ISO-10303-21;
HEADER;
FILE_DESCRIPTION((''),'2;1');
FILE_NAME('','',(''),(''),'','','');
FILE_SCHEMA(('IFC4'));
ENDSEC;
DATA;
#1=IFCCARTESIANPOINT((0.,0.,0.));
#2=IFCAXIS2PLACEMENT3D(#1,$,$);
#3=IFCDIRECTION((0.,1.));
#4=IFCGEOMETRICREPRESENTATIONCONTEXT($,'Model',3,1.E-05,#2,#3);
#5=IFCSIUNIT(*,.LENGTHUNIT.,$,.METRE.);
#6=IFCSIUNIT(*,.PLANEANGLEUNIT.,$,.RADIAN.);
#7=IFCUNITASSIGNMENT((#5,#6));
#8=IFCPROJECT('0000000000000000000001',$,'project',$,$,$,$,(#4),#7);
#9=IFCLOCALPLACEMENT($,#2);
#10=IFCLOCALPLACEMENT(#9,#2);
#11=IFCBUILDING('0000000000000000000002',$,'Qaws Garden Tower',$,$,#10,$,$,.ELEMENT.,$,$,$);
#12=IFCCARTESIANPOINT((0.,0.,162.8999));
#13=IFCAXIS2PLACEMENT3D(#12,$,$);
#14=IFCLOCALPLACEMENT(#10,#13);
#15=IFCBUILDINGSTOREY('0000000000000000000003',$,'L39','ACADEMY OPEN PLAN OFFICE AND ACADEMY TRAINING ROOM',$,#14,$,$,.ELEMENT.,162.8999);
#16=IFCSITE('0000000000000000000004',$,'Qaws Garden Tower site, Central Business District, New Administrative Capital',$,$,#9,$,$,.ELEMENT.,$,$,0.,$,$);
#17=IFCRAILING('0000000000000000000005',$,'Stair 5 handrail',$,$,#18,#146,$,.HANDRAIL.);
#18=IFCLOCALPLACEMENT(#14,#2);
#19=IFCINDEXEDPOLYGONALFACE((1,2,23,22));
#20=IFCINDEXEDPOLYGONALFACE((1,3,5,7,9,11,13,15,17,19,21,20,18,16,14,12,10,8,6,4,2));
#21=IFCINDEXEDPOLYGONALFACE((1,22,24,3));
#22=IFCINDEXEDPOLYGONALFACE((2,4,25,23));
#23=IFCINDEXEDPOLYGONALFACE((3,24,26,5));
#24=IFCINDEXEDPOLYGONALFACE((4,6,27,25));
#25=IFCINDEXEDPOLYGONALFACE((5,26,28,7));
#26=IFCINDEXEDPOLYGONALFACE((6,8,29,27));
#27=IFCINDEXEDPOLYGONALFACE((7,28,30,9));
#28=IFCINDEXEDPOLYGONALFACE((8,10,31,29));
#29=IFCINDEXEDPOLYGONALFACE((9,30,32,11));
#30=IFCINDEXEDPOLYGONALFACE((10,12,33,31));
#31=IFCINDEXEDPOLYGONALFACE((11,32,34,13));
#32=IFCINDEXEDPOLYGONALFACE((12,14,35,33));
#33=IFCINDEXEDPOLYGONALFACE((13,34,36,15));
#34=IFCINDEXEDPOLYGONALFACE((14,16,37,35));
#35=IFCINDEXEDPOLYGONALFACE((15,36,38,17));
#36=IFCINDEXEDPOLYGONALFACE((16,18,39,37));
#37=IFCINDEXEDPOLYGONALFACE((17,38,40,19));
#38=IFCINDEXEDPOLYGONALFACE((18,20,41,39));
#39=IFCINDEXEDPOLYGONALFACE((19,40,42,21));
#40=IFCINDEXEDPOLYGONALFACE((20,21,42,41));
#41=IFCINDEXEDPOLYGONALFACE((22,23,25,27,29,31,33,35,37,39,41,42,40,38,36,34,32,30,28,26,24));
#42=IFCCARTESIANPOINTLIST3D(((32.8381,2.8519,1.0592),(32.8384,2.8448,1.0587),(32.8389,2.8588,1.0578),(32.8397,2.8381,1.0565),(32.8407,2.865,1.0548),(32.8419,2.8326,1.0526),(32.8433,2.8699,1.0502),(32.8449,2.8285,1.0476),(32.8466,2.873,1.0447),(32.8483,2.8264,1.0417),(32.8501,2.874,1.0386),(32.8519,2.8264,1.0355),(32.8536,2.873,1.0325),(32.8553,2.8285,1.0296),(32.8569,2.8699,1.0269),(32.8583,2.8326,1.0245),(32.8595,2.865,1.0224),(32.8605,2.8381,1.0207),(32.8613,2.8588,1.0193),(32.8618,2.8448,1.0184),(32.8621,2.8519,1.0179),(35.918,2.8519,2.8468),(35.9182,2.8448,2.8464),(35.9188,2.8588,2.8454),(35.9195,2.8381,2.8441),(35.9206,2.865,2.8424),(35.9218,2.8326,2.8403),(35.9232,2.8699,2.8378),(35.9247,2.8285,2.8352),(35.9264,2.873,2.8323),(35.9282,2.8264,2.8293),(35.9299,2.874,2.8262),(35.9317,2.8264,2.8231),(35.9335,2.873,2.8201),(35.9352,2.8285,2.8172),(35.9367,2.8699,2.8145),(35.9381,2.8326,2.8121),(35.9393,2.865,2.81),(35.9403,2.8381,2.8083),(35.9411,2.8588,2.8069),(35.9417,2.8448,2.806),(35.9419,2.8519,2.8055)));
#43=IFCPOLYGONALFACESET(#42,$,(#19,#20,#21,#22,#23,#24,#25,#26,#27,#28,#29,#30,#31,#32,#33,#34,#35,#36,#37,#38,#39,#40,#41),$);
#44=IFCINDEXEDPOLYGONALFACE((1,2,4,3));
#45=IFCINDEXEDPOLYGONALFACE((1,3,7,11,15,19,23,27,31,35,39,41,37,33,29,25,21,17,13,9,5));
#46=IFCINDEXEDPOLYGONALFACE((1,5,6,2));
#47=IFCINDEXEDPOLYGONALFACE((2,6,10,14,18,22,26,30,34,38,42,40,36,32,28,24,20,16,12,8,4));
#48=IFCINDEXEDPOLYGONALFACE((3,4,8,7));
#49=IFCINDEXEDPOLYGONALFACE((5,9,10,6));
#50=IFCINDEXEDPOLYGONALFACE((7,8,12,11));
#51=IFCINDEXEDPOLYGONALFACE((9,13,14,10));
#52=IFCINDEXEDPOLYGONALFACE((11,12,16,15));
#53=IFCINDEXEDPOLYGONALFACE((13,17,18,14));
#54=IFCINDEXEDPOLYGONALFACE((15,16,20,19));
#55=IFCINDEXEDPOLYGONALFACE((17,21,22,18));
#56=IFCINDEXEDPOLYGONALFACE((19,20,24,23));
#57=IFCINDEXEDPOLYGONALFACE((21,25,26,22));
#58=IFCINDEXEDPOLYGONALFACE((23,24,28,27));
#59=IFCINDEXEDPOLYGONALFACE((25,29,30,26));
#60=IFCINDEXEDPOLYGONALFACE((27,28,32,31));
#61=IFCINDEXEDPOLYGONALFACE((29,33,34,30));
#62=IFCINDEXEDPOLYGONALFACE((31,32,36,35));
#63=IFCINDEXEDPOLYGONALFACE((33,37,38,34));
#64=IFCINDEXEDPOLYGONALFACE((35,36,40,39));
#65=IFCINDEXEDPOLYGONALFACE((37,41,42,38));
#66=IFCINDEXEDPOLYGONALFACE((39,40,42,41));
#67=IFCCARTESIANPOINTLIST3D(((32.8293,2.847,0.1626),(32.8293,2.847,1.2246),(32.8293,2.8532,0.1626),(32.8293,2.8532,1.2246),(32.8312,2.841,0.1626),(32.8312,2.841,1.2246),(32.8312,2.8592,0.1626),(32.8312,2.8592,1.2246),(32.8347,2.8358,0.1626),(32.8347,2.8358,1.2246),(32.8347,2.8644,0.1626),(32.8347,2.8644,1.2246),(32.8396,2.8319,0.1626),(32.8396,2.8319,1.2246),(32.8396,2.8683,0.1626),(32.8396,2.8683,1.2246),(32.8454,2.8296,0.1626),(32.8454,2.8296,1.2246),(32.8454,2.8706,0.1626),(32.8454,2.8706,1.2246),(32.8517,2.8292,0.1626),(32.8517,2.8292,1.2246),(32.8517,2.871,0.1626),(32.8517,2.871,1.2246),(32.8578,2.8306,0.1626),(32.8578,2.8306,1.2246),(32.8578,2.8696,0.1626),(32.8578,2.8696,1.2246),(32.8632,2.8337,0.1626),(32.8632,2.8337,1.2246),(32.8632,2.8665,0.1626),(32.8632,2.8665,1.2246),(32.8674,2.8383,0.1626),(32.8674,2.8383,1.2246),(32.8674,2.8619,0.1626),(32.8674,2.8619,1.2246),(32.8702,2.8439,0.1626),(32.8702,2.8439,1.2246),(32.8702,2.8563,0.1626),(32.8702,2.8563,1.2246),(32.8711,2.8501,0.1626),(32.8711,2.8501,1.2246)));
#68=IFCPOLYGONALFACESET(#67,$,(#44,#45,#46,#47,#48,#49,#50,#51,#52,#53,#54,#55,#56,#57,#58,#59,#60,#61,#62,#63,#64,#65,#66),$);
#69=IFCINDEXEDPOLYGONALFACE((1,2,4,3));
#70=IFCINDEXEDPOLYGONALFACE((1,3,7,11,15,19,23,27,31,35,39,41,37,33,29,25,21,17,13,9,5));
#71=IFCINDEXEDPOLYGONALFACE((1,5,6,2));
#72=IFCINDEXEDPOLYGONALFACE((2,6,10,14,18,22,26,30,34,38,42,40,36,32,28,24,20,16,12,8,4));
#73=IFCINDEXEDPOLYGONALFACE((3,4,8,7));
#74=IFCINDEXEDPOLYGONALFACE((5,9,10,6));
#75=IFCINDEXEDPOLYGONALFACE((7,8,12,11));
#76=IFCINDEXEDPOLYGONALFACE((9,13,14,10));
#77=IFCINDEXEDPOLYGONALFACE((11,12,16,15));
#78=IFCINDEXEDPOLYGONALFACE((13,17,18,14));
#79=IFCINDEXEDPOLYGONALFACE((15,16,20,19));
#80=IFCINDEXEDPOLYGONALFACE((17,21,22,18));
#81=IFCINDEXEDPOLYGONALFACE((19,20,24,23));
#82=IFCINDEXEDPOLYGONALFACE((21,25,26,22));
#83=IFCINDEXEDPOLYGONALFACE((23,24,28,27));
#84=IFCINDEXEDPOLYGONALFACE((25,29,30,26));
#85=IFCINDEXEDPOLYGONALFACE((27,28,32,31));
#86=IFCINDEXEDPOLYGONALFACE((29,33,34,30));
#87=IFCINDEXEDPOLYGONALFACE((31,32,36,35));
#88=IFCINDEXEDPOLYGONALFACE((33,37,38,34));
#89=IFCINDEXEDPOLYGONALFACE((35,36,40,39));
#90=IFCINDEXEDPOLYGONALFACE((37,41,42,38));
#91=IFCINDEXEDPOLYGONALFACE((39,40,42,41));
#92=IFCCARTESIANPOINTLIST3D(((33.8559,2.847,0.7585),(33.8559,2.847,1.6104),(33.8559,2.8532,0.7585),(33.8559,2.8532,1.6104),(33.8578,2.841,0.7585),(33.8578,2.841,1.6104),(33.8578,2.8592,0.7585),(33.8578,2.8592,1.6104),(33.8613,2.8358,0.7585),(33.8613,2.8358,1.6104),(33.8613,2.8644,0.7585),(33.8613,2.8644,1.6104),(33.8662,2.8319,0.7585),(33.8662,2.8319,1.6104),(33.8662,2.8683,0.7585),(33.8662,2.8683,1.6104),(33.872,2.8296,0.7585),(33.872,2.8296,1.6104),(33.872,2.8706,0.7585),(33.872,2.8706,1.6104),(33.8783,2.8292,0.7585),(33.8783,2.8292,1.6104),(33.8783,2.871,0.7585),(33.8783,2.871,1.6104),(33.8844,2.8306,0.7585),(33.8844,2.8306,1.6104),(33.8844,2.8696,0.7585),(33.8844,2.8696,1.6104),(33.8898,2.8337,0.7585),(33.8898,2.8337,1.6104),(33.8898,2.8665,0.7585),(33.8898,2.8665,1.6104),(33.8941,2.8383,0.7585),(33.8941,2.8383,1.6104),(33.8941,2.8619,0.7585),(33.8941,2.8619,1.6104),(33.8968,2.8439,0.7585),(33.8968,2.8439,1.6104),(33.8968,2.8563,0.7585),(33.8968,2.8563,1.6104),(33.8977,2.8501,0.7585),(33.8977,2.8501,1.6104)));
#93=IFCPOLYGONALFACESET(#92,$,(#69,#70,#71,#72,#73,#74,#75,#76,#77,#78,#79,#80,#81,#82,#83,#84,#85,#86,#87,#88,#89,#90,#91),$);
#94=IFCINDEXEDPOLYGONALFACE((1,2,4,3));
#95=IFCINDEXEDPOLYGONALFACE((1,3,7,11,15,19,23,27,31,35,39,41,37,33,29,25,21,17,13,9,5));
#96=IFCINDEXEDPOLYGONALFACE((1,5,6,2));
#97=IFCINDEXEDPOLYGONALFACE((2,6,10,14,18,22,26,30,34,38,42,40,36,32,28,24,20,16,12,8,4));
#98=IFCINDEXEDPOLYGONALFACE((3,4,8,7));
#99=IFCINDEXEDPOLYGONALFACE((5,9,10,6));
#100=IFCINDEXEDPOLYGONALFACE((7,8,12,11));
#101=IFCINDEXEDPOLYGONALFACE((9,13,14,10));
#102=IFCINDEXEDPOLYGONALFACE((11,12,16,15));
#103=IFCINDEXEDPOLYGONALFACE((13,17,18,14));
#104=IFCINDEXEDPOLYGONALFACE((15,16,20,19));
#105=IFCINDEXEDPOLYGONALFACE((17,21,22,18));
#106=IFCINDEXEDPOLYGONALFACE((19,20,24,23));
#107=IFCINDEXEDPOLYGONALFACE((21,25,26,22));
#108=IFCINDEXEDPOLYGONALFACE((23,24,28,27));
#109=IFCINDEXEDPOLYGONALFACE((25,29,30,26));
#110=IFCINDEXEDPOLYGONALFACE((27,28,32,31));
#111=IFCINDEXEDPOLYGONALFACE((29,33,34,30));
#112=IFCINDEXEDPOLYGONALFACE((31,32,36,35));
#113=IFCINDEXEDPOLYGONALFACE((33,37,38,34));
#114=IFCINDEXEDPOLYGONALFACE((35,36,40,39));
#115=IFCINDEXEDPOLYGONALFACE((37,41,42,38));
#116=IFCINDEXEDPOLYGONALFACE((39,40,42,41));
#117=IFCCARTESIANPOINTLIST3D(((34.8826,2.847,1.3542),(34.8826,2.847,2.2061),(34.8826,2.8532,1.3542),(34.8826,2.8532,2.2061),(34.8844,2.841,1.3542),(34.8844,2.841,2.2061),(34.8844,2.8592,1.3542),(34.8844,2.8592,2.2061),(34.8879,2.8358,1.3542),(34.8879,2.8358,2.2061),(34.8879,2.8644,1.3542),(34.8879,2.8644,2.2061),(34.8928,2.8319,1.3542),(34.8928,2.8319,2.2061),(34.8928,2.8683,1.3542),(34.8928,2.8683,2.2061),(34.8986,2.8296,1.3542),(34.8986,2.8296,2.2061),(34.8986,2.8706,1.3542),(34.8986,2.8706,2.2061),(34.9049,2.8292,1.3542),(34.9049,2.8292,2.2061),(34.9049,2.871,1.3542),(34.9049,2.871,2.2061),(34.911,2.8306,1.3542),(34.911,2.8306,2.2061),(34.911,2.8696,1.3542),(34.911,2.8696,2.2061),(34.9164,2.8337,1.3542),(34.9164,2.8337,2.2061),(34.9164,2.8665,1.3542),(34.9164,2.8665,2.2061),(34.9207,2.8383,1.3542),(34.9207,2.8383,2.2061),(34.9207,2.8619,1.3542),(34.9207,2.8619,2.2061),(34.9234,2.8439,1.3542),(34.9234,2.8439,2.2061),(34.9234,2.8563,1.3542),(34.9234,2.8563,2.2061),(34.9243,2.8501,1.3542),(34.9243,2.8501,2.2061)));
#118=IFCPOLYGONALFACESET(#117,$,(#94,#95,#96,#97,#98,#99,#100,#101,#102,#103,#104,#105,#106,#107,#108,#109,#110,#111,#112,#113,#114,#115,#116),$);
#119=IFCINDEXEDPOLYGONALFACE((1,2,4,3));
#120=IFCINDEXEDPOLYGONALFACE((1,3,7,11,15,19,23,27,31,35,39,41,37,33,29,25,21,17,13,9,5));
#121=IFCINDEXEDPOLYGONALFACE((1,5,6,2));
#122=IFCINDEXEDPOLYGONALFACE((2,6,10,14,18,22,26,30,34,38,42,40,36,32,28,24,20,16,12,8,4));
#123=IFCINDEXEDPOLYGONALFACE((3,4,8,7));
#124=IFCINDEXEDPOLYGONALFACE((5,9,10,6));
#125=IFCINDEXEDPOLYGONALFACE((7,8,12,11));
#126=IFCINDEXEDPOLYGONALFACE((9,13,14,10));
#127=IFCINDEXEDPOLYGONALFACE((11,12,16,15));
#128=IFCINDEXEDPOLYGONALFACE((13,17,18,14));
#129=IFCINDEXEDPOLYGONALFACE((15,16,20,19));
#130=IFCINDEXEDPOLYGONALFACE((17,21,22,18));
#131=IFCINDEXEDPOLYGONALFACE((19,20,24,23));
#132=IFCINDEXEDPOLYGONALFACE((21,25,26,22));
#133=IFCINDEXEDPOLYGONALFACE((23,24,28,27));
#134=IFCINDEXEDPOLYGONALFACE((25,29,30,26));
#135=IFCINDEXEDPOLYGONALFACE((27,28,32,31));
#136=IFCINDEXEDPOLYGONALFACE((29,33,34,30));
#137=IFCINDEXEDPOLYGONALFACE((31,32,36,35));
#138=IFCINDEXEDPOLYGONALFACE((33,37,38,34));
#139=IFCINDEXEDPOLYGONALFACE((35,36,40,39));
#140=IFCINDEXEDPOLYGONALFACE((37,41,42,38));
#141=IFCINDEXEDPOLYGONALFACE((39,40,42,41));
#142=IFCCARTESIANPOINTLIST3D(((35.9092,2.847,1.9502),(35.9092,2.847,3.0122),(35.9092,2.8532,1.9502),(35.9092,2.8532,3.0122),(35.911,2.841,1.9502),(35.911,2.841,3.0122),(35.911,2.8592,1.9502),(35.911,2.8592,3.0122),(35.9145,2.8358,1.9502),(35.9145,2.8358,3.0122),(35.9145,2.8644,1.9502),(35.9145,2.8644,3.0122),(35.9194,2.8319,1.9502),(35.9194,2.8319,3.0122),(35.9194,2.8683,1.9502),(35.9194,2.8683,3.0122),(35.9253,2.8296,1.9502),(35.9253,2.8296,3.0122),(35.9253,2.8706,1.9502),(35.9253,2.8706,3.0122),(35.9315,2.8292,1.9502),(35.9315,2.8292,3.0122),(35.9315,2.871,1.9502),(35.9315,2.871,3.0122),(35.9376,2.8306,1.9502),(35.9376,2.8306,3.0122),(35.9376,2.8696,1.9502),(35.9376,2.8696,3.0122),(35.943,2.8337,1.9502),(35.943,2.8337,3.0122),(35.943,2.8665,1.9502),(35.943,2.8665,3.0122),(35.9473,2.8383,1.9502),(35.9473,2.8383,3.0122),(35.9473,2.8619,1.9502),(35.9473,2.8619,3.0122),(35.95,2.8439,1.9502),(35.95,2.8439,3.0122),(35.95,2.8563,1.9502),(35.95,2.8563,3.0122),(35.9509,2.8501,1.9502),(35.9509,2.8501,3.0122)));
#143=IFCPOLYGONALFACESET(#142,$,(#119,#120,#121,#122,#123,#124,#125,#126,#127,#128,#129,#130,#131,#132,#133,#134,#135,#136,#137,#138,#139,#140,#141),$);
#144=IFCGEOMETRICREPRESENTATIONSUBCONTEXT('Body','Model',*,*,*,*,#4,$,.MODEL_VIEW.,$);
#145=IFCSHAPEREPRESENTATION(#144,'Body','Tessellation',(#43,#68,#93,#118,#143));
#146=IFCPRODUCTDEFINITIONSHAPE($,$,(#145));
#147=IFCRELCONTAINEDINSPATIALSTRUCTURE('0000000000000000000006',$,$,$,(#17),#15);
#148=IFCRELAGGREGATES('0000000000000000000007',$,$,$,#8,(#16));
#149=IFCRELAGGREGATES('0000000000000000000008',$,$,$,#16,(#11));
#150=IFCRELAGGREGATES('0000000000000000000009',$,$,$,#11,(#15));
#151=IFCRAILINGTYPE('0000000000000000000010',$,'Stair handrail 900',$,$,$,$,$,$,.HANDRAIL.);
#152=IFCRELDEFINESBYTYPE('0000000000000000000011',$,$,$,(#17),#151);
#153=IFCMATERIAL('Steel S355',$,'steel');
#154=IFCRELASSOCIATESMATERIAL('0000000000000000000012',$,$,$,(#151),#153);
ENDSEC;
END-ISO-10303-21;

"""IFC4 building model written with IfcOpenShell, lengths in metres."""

from ifc_helpers import new_model, si_unit, direction, frame, origin, origin_2d, place, context, subcontext, project, spatial, circle, extrude, material, type_object, element, save


model = new_model("IFC4")

# Units and contexts
model_context = context("Model", 3, precision=1e-05, world=origin(), true_north=direction((0.0, 1.0)))
body_context = subcontext(model_context, "Body", "Model", "MODEL_VIEW")
ifc_project = project(units=[si_unit("LENGTHUNIT", "METRE"), si_unit("PLANEANGLEUNIT", "RADIAN")], contexts=[model_context])

# Site, building, storey
site_placement = place(None, origin())
site = spatial("IfcSite", under=ifc_project, at=site_placement, Name="Qaws Garden Tower site, Central Business District, New Administrative Capital", CompositionType="ELEMENT", RefElevation=0.0)
building_placement = place(site_placement, origin())
building = spatial("IfcBuilding", under=site, at=building_placement, Name="Qaws Garden Tower", CompositionType="ELEMENT")
storey_placement = place(building_placement, frame((0.0, 0.0, 162.8999)))
storey = spatial("IfcBuildingStorey", under=building, at=storey_placement, Name="L39", Description="ACADEMY OPEN PLAN OFFICE AND ACADEMY TRAINING ROOM", CompositionType="ELEMENT", Elevation=162.8999)

# Railing
ifc_material_1 = material(Name="Steel S355", Category="steel")
railing_type = type_object("IfcRailingType", Name="Stair handrail 900", PredefinedType="HANDRAIL", material=ifc_material_1)
railing_1_placement = place(storey_placement, frame((32.8501, 2.8501, 0.1626)))
element("IfcRailing", 1, at=railing_1_placement, inside=storey, type_object=railing_type, Name="Stair 5 handrail", PredefinedType="HANDRAIL", context=body_context, shape_type="SweptSolid", body=[
    extrude(circle(Radius=0.0239, at=origin_2d()), frame((0.0, 0.0, 0.876), z_axis=(0.864873, 0.0, 0.50199), x_axis=(0.0, 1.0, 0.0)), (0.0, 0.0, 1.0), 3.561),
    extrude(circle(Radius=0.021, at=origin_2d()), origin(), (0.0, 0.0, 1.0), 1.062),
    extrude(circle(Radius=0.021, at=origin_2d()), frame((1.0266, 0.0, 0.5959)), (0.0, 0.0, 1.0), 0.8518),
    extrude(circle(Radius=0.021, at=origin_2d()), frame((2.0532, 0.0, 1.1917)), (0.0, 0.0, 1.0), 0.8518),
    extrude(circle(Radius=0.021, at=origin_2d()), frame((3.0798, 0.0, 1.7876)), (0.0, 0.0, 1.0), 1.062),
])

save(model, "model.ifc")
